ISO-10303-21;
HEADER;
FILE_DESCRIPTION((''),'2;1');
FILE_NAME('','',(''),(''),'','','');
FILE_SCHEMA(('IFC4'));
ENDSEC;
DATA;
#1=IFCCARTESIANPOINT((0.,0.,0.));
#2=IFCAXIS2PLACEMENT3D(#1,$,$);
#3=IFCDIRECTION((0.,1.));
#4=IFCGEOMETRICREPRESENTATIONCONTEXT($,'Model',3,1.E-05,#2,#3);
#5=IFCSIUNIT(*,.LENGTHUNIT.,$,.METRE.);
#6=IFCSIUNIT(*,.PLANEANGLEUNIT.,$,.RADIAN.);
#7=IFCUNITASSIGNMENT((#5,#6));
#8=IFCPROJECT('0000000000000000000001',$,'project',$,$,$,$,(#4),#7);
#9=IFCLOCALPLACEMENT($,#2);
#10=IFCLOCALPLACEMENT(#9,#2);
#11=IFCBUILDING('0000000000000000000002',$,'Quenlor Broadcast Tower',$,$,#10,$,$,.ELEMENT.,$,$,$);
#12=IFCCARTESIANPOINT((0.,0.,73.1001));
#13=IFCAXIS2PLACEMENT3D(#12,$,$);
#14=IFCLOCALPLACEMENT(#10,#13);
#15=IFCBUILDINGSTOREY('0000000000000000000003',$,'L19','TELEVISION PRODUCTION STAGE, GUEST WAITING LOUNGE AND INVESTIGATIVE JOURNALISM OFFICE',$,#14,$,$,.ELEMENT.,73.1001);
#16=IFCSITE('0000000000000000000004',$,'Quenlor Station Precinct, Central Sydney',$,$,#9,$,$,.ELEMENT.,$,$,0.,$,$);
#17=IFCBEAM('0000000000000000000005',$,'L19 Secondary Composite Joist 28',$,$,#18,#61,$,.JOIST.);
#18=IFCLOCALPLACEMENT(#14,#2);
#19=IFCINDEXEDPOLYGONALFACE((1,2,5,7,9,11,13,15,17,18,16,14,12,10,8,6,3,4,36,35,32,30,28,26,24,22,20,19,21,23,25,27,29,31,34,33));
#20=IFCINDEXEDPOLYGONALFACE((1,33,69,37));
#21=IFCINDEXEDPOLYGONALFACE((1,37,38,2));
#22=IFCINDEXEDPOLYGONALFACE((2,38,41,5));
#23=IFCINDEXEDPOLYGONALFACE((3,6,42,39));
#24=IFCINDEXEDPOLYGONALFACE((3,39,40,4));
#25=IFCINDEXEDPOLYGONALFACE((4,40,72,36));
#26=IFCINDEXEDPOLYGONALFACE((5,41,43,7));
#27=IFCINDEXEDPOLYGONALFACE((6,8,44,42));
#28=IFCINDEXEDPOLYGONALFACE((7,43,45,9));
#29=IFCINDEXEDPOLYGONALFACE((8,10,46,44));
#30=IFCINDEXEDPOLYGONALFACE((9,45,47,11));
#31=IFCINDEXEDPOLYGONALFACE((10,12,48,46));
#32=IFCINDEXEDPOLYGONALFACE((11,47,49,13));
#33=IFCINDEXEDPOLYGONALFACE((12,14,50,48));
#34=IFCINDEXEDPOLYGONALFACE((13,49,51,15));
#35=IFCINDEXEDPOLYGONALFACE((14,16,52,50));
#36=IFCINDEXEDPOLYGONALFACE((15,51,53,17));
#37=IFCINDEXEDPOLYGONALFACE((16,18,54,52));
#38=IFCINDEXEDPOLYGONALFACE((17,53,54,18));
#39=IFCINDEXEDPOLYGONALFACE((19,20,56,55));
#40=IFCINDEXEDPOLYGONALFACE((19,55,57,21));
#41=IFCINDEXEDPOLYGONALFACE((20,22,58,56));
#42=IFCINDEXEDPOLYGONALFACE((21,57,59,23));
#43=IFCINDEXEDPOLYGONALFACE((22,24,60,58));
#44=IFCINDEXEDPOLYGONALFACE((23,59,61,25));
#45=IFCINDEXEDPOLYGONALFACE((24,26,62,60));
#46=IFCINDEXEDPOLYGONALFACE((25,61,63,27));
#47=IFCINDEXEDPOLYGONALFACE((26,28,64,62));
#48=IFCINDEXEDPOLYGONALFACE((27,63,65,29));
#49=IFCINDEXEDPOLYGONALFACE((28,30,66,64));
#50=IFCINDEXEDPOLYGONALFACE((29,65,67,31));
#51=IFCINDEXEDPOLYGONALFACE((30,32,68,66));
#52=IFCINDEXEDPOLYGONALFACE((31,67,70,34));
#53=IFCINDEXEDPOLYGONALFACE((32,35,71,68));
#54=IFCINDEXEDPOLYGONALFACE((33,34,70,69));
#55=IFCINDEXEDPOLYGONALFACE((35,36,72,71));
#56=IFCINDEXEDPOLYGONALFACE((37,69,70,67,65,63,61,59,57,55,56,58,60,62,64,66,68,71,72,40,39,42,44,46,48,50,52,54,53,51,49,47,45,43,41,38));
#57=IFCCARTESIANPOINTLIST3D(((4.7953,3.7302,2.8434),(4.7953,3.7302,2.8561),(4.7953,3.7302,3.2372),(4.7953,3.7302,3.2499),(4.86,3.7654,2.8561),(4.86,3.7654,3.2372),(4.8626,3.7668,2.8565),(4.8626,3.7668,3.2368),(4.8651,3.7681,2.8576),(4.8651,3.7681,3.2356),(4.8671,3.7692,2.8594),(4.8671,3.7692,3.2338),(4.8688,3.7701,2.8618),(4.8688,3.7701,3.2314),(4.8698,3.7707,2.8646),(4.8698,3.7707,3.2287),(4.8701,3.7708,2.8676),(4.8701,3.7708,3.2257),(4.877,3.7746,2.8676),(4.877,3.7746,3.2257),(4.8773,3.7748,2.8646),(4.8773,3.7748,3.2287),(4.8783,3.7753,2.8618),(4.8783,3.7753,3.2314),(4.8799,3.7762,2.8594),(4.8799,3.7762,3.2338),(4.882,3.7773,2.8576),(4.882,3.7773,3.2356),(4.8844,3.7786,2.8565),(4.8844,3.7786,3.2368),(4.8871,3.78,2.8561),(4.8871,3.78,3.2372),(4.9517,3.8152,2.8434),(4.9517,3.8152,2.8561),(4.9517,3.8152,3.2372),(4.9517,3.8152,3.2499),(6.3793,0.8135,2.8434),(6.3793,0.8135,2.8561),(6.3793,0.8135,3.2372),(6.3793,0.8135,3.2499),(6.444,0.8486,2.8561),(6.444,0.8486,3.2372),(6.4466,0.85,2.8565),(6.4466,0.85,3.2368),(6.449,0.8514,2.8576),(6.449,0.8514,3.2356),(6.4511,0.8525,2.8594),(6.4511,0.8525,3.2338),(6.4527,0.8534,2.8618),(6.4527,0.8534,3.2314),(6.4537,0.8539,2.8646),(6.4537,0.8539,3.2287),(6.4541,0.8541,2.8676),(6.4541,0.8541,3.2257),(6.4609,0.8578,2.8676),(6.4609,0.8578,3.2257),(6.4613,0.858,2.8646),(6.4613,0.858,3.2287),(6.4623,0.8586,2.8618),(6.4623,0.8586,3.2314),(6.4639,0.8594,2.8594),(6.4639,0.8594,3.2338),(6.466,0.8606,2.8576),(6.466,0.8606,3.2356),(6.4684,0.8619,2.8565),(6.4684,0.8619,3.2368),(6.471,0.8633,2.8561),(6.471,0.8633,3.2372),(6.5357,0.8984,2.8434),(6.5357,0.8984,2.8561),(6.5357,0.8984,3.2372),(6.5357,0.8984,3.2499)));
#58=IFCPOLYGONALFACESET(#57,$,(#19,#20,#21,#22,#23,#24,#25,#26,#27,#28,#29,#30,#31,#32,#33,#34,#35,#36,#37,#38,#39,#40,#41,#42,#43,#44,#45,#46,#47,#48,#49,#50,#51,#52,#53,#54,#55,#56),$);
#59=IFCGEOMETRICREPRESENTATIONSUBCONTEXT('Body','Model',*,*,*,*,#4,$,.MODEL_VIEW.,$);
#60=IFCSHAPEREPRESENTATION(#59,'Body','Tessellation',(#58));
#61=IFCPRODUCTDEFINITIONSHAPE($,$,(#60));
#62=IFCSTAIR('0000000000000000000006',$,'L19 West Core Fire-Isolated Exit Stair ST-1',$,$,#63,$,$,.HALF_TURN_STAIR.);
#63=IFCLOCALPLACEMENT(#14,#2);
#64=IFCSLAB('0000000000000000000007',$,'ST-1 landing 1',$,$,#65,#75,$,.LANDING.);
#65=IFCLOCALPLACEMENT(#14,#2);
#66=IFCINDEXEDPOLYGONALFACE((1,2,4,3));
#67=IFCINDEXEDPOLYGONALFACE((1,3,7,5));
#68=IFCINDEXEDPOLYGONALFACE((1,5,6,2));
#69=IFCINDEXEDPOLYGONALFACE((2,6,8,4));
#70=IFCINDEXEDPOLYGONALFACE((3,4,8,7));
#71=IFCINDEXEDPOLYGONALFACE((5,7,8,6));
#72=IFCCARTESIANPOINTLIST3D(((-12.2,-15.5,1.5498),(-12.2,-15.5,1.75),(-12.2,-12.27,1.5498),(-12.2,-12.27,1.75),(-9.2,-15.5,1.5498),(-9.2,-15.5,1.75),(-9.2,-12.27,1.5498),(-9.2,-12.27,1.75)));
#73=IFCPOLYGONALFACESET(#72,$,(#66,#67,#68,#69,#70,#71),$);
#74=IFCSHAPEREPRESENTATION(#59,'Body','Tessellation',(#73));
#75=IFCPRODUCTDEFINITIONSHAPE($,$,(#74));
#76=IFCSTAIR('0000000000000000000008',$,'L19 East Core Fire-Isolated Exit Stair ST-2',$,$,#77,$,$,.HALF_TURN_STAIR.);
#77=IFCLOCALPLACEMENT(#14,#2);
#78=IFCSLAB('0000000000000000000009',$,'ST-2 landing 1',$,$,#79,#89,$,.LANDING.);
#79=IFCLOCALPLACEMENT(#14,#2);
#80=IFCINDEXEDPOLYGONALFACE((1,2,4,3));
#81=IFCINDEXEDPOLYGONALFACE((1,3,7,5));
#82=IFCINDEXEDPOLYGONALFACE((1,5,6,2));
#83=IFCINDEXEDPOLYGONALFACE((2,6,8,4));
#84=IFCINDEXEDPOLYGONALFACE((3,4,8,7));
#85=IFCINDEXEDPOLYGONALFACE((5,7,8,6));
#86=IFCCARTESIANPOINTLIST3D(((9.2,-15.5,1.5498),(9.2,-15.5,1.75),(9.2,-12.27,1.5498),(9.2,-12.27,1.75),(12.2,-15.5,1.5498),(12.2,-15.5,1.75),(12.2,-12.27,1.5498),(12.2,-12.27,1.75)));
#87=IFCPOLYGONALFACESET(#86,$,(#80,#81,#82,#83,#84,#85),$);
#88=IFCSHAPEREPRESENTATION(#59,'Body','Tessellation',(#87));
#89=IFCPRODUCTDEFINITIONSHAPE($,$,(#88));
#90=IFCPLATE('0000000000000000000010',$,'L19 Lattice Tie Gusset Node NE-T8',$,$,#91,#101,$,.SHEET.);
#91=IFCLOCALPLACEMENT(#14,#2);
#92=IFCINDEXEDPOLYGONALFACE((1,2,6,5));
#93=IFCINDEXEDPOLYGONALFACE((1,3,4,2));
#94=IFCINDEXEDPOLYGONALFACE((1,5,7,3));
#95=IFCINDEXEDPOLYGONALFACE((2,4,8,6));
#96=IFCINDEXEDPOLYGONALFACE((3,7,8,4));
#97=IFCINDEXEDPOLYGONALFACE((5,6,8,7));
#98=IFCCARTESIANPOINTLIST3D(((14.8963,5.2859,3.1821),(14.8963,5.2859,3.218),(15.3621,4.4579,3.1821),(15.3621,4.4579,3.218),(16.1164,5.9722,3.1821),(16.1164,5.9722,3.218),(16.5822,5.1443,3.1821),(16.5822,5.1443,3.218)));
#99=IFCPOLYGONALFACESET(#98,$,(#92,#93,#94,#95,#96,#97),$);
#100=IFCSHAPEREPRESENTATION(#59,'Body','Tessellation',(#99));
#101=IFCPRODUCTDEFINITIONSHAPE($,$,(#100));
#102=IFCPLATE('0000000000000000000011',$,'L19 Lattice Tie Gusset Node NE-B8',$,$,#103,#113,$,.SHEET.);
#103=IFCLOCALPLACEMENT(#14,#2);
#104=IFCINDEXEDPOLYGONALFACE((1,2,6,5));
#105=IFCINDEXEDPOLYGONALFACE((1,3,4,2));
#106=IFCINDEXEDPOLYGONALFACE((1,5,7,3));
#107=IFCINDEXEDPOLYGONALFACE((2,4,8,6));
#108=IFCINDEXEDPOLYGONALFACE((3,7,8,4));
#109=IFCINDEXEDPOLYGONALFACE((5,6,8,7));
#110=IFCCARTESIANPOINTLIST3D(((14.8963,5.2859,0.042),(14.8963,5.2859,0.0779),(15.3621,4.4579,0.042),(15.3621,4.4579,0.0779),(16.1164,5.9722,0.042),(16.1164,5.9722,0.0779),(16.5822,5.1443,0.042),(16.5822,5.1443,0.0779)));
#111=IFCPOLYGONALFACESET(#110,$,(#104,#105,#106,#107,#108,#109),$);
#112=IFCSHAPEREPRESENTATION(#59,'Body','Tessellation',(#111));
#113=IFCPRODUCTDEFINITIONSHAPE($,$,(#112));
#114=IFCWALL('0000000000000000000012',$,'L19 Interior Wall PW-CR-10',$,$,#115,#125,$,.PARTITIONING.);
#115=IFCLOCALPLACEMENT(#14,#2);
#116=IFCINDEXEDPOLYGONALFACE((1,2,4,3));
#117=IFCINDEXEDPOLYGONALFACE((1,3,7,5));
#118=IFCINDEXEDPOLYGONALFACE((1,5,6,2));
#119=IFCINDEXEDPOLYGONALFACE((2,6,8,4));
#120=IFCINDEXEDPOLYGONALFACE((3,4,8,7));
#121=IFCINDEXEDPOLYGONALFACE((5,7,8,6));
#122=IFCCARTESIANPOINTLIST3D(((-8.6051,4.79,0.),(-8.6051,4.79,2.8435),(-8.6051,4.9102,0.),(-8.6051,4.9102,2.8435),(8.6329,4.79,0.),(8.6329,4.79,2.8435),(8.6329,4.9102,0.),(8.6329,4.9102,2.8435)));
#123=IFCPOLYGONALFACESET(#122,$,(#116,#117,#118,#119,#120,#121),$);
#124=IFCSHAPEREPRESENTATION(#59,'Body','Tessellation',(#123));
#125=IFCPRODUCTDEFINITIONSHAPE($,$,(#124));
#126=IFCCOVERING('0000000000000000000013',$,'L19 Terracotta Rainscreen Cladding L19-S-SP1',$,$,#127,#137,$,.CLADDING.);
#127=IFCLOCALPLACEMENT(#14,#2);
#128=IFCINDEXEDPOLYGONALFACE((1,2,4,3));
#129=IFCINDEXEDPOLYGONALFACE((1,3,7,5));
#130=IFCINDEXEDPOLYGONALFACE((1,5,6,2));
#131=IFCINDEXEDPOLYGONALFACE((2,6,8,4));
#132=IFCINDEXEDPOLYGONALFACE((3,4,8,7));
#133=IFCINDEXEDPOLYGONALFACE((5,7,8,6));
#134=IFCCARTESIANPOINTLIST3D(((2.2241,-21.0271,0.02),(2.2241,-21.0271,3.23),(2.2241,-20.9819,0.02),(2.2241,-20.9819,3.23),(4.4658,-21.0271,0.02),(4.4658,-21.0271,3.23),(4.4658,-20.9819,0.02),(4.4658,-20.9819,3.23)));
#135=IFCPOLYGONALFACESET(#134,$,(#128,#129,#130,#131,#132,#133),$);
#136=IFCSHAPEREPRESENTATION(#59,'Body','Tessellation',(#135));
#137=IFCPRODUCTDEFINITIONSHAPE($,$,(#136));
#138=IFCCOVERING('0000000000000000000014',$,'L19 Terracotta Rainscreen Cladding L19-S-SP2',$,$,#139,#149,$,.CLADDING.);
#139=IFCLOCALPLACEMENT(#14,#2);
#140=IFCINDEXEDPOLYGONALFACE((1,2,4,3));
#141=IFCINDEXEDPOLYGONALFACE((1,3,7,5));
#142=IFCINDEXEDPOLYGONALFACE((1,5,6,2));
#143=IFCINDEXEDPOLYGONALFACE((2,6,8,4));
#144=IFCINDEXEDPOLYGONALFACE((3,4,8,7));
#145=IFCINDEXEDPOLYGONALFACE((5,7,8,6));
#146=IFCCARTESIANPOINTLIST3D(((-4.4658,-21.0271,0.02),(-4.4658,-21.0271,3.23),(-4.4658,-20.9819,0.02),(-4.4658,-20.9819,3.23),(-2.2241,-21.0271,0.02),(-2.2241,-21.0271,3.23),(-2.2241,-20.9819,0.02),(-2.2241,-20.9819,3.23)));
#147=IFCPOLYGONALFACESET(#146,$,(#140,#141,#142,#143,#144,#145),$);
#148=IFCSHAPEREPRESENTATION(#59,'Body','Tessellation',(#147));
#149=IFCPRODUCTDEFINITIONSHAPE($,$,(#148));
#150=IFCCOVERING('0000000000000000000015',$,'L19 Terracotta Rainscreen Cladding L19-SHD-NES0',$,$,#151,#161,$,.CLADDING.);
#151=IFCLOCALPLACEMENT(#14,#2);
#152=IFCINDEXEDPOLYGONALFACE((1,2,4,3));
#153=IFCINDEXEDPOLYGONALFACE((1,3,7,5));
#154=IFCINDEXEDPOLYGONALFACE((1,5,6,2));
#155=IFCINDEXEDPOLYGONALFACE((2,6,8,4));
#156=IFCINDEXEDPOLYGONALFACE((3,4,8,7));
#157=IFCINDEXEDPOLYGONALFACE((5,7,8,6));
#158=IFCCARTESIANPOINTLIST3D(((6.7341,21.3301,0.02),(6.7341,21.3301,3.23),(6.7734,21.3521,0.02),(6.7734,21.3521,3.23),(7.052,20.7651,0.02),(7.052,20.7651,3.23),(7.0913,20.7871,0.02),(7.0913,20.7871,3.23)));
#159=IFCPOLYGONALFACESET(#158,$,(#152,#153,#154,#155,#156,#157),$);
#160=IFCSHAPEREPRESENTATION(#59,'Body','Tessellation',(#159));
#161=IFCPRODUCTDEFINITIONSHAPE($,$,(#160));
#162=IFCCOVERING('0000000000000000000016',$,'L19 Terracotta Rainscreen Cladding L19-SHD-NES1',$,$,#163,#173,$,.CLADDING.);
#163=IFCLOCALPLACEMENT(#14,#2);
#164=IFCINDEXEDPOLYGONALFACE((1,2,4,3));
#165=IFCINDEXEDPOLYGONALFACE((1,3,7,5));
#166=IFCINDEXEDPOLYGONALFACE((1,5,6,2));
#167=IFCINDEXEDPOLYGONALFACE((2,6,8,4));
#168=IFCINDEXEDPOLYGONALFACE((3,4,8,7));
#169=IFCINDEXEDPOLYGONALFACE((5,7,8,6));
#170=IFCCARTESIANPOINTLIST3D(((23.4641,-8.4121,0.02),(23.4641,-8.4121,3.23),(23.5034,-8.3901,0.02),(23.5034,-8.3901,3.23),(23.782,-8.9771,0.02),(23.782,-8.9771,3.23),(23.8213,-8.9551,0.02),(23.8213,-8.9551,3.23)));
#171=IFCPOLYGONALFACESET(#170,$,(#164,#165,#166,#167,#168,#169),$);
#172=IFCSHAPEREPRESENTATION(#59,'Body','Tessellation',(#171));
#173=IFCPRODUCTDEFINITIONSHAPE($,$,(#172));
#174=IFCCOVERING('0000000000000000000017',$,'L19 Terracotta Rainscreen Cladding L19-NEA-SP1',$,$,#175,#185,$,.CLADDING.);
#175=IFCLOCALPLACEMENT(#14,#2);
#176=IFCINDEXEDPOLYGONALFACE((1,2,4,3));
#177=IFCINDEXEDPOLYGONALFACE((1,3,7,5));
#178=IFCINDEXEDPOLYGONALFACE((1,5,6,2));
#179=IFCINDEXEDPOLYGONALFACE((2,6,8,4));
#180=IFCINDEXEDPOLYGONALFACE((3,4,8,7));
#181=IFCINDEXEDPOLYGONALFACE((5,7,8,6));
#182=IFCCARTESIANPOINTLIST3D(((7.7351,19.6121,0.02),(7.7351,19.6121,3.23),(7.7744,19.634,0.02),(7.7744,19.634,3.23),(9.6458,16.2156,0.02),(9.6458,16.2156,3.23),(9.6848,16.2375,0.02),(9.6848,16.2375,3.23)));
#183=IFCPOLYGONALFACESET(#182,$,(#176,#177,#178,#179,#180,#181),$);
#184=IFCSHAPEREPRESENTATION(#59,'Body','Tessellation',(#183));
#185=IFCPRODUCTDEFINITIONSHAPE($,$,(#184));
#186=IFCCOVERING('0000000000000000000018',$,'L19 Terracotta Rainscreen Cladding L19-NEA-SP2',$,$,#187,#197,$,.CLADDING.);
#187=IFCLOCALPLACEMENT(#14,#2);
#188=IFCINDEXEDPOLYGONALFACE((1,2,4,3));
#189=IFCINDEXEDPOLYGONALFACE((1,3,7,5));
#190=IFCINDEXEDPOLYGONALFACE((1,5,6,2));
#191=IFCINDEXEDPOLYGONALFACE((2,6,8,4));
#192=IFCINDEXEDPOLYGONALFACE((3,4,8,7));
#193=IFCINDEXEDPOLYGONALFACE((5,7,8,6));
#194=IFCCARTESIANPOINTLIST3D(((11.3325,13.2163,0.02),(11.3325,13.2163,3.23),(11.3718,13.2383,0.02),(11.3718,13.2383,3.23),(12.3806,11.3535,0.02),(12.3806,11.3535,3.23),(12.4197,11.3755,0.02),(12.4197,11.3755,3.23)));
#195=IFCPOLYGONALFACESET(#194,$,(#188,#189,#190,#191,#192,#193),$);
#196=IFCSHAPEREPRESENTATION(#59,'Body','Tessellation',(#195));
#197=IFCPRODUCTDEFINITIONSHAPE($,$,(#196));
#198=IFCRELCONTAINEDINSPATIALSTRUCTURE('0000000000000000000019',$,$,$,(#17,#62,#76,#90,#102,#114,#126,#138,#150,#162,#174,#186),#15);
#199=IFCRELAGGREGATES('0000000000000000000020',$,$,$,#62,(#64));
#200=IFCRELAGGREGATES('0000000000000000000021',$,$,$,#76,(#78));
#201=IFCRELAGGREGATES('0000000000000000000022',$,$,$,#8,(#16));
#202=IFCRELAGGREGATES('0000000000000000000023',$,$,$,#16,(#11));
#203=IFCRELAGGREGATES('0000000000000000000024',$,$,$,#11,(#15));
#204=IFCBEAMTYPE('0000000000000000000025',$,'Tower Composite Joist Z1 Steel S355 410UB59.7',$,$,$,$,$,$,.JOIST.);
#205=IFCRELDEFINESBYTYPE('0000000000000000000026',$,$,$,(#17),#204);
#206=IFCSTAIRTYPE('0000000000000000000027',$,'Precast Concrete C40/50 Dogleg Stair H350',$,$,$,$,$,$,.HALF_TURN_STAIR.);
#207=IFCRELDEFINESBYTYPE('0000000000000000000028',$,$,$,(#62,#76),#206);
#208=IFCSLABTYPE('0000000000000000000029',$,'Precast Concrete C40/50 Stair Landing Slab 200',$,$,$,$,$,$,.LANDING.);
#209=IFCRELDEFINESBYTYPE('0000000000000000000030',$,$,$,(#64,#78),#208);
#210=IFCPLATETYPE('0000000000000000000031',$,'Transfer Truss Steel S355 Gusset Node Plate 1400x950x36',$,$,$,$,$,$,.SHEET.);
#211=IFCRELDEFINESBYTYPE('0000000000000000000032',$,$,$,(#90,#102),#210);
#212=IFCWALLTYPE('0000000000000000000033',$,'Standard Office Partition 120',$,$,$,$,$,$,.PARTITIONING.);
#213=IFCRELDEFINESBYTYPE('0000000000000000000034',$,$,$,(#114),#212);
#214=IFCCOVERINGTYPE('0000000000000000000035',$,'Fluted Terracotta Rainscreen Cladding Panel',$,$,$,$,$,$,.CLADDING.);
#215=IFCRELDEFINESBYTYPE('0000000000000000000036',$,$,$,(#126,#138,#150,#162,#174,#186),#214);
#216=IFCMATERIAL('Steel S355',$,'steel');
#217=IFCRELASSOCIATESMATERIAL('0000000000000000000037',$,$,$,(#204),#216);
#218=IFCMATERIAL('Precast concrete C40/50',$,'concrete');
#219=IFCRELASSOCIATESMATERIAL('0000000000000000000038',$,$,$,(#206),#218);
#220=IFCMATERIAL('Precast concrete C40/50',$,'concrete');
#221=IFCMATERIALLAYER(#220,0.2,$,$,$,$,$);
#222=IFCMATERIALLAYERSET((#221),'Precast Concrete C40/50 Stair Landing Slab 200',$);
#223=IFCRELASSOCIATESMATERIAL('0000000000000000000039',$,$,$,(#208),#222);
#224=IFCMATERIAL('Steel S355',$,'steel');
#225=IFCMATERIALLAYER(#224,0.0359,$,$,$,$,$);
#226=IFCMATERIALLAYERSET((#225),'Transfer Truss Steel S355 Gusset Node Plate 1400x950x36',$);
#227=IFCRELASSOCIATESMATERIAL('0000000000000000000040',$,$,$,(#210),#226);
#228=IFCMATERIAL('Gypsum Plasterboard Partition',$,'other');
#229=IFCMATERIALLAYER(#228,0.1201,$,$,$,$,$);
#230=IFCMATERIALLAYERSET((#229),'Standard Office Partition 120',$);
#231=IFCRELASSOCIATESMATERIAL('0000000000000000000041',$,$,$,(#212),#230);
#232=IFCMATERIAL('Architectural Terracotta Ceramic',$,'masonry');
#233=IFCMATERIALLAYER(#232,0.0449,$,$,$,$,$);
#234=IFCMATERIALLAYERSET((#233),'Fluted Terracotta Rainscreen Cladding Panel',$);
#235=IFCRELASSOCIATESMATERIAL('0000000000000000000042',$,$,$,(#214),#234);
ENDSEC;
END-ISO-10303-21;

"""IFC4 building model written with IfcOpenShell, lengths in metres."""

from ifc_helpers import new_model, si_unit, direction, frame, frame_2d, origin, origin_2d, place, context, subcontext, project, spatial, polyline, rectangle, i_section, outline, extrude, material, layer, layer_set, material_profile, profile_set, type_object, element, aggregate, save


model = new_model("IFC4")

# Units and contexts
model_context = context("Model", 3, precision=1e-05, world=origin(), true_north=direction((0.0, 1.0)))
body_context = subcontext(model_context, "Body", "Model", "MODEL_VIEW")
ifc_project = project(units=[si_unit("LENGTHUNIT", "METRE"), si_unit("PLANEANGLEUNIT", "RADIAN")], contexts=[model_context])

# Site, building, storey
site_placement = place(None, origin())
site = spatial("IfcSite", under=ifc_project, at=site_placement, Name="Quenlor Station Precinct, Central Sydney", CompositionType="ELEMENT", RefElevation=0.0)
building_placement = place(site_placement, origin())
building = spatial("IfcBuilding", under=site, at=building_placement, Name="Quenlor Broadcast Tower", CompositionType="ELEMENT")
storey_placement = place(building_placement, frame((0.0, 0.0, 73.1001)))
storey = spatial("IfcBuildingStorey", under=building, at=storey_placement, Name="L19", Description="TELEVISION PRODUCTION STAGE, GUEST WAITING LOUNGE AND INVESTIGATIVE JOURNALISM OFFICE", CompositionType="ELEMENT", Elevation=73.1001)

# Beam
ifc_material_1 = material(Name="Steel S355", Category="steel")
ifc_material_profile_1 = material_profile(ifc_material_1, i_section(OverallWidth=0.178, OverallDepth=0.4065, WebThickness=0.0078, FlangeThickness=0.0127, FilletRadius=0.0115, at=origin_2d()))
ifc_profile_set_1 = profile_set([ifc_material_profile_1], Name="Steel S355 410UB59.7")
beam_type = type_object("IfcBeamType", Name="Tower Composite Joist Z1 Steel S355 410UB59.7", PredefinedType="JOIST", material=ifc_profile_set_1)
beam_1_placement = place(storey_placement, frame((4.8735, 3.7727, 3.0466), z_axis=(0.477233, -0.878777, 0.0), x_axis=(0.878777, 0.477233, 0.0)))
element("IfcBeam", 1, at=beam_1_placement, inside=storey, type_object=beam_type, Name="L19 Secondary Composite Joist 28", PredefinedType="JOIST", context=body_context, shape_type="SweptSolid", body=[
    extrude(i_section(OverallWidth=0.178, OverallDepth=0.4065, WebThickness=0.0078, FlangeThickness=0.0127, FilletRadius=0.0115, at=origin_2d()), origin(), (0.0, 0.0, 1.0), 3.3191),
])

# Stairs, slabs
ifc_material_2 = material(Name="Precast concrete C40/50", Category="concrete")
stair_type = type_object("IfcStairType", Name="Precast Concrete C40/50 Dogleg Stair H350", PredefinedType="HALF_TURN_STAIR", material=ifc_material_2)
stair_1_placement = place(storey_placement, origin())
stair_1 = element("IfcStair", 2, at=stair_1_placement, inside=storey, type_object=stair_type, Name="L19 West Core Fire-Isolated Exit Stair ST-1", PredefinedType="HALF_TURN_STAIR")
ifc_material_3 = material(Name="Precast concrete C40/50", Category="concrete")
ifc_layer_1 = layer(ifc_material_3, 0.2)
ifc_layer_set_1 = layer_set([ifc_layer_1], Name="Precast Concrete C40/50 Stair Landing Slab 200")
slab_type = type_object("IfcSlabType", Name="Precast Concrete C40/50 Stair Landing Slab 200", PredefinedType="LANDING", material=ifc_layer_set_1)
slab_1_placement = place(storey_placement, frame((0.0, 0.0, 1.5498)))
slab_1 = element("IfcSlab", 3, at=slab_1_placement, type_object=slab_type, Name="ST-1 landing 1", PredefinedType="LANDING", context=body_context, shape_type="SweptSolid", body=[
    extrude(outline(polyline([(-12.2, -12.27), (-12.2, -15.5), (-9.2, -15.5), (-9.2, -12.27), (-12.2, -12.27)])), origin(), (0.0, 0.0, 1.0), 0.2002),
])
aggregate(stair_1, [slab_1])
stair_2_placement = place(storey_placement, origin())
stair_2 = element("IfcStair", 4, at=stair_2_placement, inside=storey, type_object=stair_type, Name="L19 East Core Fire-Isolated Exit Stair ST-2", PredefinedType="HALF_TURN_STAIR")
slab_2_placement = place(storey_placement, frame((0.0, 0.0, 1.5498)))
slab_2 = element("IfcSlab", 5, at=slab_2_placement, type_object=slab_type, Name="ST-2 landing 1", PredefinedType="LANDING", context=body_context, shape_type="SweptSolid", body=[
    extrude(outline(polyline([(9.2, -12.27), (9.2, -15.5), (12.2, -15.5), (12.2, -12.27), (9.2, -12.27)])), origin(), (0.0, 0.0, 1.0), 0.2002),
])
aggregate(stair_2, [slab_2])

# Plates
ifc_material_4 = material(Name="Steel S355", Category="steel")
ifc_layer_2 = layer(ifc_material_4, 0.0359)
ifc_layer_set_2 = layer_set([ifc_layer_2], Name="Transfer Truss Steel S355 Gusset Node Plate 1400x950x36")
plate_type = type_object("IfcPlateType", Name="Transfer Truss Steel S355 Gusset Node Plate 1400x950x36", PredefinedType="SHEET", material=ifc_layer_set_2)
for number, where, z_axis, x_axis, name in (
    (6, (15.7393, 5.2151, 3.1821), (0.0, 0.0, 1.0), (0.871556, 0.490295, 0.0), "L19 Lattice Tie Gusset Node NE-T8"),
    (7, (15.7393, 5.2151, 0.042), (0.0, 0.0, 1.0), (0.871556, 0.490295, 0.0), "L19 Lattice Tie Gusset Node NE-B8"),
):
    element("IfcPlate", number, at=place(storey_placement, frame(where, z_axis=z_axis, x_axis=x_axis)), inside=storey, type_object=plate_type, Name=name, PredefinedType="SHEET", context=body_context, shape_type="SweptSolid", body=[
        extrude(rectangle(XDim=1.3999, YDim=0.95, at=origin_2d()), origin(), (0.0, 0.0, 1.0), 0.0359),
    ])

# Wall
ifc_material_5 = material(Name="Gypsum Plasterboard Partition", Category="other")
ifc_layer_3 = layer(ifc_material_5, 0.1201)
ifc_layer_set_3 = layer_set([ifc_layer_3], Name="Standard Office Partition 120")
wall_type = type_object("IfcWallType", Name="Standard Office Partition 120", PredefinedType="PARTITIONING", material=ifc_layer_set_3)
wall_placement = place(storey_placement, frame((8.6331, 4.8501, 0.0), z_axis=(0.0, 0.0, 1.0), x_axis=(-1.0, 0.0, 0.0)))
element("IfcWall", 8, at=wall_placement, inside=storey, type_object=wall_type, Name="L19 Interior Wall PW-CR-10", PredefinedType="PARTITIONING", context=body_context, shape_type="SweptSolid", body=[
    extrude(rectangle(XDim=17.238, YDim=0.1201, at=frame_2d((8.6191, 0.0))), origin(), (0.0, 0.0, 1.0), 2.8435),
])

# Coverings
ifc_material_6 = material(Name="Architectural Terracotta Ceramic", Category="masonry")
ifc_layer_4 = layer(ifc_material_6, 0.0449)
ifc_layer_set_4 = layer_set([ifc_layer_4], Name="Fluted Terracotta Rainscreen Cladding Panel")
covering_type = type_object("IfcCoveringType", Name="Fluted Terracotta Rainscreen Cladding Panel", PredefinedType="CLADDING", material=ifc_layer_set_4)
covering_1_placement = place(storey_placement, frame((0.0, 0.0, 0.02)))
element("IfcCovering", 9, at=covering_1_placement, inside=storey, type_object=covering_type, Name="L19 Terracotta Rainscreen Cladding L19-S-SP1", PredefinedType="CLADDING", context=body_context, shape_type="SweptSolid", body=[
    extrude(outline(polyline([(4.4658, -20.9819), (2.2241, -20.9819), (2.2241, -21.0271), (4.4658, -21.0271), (4.4658, -20.9819)])), origin(), (0.0, 0.0, 1.0), 3.21),
])
covering_2_placement = place(storey_placement, frame((0.0, 0.0, 0.02)))
element("IfcCovering", 10, at=covering_2_placement, inside=storey, type_object=covering_type, Name="L19 Terracotta Rainscreen Cladding L19-S-SP2", PredefinedType="CLADDING", context=body_context, shape_type="SweptSolid", body=[
    extrude(outline(polyline([(-2.2241, -20.9819), (-4.4658, -20.9819), (-4.4658, -21.0271), (-2.2241, -21.0271), (-2.2241, -20.9819)])), origin(), (0.0, 0.0, 1.0), 3.21),
])
covering_3_placement = place(storey_placement, frame((0.0, 0.0, 0.02)))
element("IfcCovering", 11, at=covering_3_placement, inside=storey, type_object=covering_type, Name="L19 Terracotta Rainscreen Cladding L19-SHD-NES0", PredefinedType="CLADDING", context=body_context, shape_type="SweptSolid", body=[
    extrude(outline(polyline([(6.7341, 21.3301), (7.052, 20.7651), (7.0913, 20.7871), (6.7734, 21.3521), (6.7341, 21.3301)])), origin(), (0.0, 0.0, 1.0), 3.21),
])
covering_4_placement = place(storey_placement, frame((0.0, 0.0, 0.02)))
element("IfcCovering", 12, at=covering_4_placement, inside=storey, type_object=covering_type, Name="L19 Terracotta Rainscreen Cladding L19-SHD-NES1", PredefinedType="CLADDING", context=body_context, shape_type="SweptSolid", body=[
    extrude(outline(polyline([(23.4641, -8.4121), (23.782, -8.9771), (23.8213, -8.9551), (23.5034, -8.3901), (23.4641, -8.4121)])), origin(), (0.0, 0.0, 1.0), 3.21),
])
covering_5_placement = place(storey_placement, frame((0.0, 0.0, 0.02)))
element("IfcCovering", 13, at=covering_5_placement, inside=storey, type_object=covering_type, Name="L19 Terracotta Rainscreen Cladding L19-NEA-SP1", PredefinedType="CLADDING", context=body_context, shape_type="SweptSolid", body=[
    extrude(outline(polyline([(7.7351, 19.6121), (9.6458, 16.2156), (9.6848, 16.2375), (7.7744, 19.634), (7.7351, 19.6121)])), origin(), (0.0, 0.0, 1.0), 3.21),
])
covering_6_placement = place(storey_placement, frame((0.0, 0.0, 0.02)))
element("IfcCovering", 14, at=covering_6_placement, inside=storey, type_object=covering_type, Name="L19 Terracotta Rainscreen Cladding L19-NEA-SP2", PredefinedType="CLADDING", context=body_context, shape_type="SweptSolid", body=[
    extrude(outline(polyline([(11.3325, 13.2163), (12.3806, 11.3535), (12.4197, 11.3755), (11.3718, 13.2383), (11.3325, 13.2163)])), origin(), (0.0, 0.0, 1.0), 3.21),
])

save(model, "model.ifc")
